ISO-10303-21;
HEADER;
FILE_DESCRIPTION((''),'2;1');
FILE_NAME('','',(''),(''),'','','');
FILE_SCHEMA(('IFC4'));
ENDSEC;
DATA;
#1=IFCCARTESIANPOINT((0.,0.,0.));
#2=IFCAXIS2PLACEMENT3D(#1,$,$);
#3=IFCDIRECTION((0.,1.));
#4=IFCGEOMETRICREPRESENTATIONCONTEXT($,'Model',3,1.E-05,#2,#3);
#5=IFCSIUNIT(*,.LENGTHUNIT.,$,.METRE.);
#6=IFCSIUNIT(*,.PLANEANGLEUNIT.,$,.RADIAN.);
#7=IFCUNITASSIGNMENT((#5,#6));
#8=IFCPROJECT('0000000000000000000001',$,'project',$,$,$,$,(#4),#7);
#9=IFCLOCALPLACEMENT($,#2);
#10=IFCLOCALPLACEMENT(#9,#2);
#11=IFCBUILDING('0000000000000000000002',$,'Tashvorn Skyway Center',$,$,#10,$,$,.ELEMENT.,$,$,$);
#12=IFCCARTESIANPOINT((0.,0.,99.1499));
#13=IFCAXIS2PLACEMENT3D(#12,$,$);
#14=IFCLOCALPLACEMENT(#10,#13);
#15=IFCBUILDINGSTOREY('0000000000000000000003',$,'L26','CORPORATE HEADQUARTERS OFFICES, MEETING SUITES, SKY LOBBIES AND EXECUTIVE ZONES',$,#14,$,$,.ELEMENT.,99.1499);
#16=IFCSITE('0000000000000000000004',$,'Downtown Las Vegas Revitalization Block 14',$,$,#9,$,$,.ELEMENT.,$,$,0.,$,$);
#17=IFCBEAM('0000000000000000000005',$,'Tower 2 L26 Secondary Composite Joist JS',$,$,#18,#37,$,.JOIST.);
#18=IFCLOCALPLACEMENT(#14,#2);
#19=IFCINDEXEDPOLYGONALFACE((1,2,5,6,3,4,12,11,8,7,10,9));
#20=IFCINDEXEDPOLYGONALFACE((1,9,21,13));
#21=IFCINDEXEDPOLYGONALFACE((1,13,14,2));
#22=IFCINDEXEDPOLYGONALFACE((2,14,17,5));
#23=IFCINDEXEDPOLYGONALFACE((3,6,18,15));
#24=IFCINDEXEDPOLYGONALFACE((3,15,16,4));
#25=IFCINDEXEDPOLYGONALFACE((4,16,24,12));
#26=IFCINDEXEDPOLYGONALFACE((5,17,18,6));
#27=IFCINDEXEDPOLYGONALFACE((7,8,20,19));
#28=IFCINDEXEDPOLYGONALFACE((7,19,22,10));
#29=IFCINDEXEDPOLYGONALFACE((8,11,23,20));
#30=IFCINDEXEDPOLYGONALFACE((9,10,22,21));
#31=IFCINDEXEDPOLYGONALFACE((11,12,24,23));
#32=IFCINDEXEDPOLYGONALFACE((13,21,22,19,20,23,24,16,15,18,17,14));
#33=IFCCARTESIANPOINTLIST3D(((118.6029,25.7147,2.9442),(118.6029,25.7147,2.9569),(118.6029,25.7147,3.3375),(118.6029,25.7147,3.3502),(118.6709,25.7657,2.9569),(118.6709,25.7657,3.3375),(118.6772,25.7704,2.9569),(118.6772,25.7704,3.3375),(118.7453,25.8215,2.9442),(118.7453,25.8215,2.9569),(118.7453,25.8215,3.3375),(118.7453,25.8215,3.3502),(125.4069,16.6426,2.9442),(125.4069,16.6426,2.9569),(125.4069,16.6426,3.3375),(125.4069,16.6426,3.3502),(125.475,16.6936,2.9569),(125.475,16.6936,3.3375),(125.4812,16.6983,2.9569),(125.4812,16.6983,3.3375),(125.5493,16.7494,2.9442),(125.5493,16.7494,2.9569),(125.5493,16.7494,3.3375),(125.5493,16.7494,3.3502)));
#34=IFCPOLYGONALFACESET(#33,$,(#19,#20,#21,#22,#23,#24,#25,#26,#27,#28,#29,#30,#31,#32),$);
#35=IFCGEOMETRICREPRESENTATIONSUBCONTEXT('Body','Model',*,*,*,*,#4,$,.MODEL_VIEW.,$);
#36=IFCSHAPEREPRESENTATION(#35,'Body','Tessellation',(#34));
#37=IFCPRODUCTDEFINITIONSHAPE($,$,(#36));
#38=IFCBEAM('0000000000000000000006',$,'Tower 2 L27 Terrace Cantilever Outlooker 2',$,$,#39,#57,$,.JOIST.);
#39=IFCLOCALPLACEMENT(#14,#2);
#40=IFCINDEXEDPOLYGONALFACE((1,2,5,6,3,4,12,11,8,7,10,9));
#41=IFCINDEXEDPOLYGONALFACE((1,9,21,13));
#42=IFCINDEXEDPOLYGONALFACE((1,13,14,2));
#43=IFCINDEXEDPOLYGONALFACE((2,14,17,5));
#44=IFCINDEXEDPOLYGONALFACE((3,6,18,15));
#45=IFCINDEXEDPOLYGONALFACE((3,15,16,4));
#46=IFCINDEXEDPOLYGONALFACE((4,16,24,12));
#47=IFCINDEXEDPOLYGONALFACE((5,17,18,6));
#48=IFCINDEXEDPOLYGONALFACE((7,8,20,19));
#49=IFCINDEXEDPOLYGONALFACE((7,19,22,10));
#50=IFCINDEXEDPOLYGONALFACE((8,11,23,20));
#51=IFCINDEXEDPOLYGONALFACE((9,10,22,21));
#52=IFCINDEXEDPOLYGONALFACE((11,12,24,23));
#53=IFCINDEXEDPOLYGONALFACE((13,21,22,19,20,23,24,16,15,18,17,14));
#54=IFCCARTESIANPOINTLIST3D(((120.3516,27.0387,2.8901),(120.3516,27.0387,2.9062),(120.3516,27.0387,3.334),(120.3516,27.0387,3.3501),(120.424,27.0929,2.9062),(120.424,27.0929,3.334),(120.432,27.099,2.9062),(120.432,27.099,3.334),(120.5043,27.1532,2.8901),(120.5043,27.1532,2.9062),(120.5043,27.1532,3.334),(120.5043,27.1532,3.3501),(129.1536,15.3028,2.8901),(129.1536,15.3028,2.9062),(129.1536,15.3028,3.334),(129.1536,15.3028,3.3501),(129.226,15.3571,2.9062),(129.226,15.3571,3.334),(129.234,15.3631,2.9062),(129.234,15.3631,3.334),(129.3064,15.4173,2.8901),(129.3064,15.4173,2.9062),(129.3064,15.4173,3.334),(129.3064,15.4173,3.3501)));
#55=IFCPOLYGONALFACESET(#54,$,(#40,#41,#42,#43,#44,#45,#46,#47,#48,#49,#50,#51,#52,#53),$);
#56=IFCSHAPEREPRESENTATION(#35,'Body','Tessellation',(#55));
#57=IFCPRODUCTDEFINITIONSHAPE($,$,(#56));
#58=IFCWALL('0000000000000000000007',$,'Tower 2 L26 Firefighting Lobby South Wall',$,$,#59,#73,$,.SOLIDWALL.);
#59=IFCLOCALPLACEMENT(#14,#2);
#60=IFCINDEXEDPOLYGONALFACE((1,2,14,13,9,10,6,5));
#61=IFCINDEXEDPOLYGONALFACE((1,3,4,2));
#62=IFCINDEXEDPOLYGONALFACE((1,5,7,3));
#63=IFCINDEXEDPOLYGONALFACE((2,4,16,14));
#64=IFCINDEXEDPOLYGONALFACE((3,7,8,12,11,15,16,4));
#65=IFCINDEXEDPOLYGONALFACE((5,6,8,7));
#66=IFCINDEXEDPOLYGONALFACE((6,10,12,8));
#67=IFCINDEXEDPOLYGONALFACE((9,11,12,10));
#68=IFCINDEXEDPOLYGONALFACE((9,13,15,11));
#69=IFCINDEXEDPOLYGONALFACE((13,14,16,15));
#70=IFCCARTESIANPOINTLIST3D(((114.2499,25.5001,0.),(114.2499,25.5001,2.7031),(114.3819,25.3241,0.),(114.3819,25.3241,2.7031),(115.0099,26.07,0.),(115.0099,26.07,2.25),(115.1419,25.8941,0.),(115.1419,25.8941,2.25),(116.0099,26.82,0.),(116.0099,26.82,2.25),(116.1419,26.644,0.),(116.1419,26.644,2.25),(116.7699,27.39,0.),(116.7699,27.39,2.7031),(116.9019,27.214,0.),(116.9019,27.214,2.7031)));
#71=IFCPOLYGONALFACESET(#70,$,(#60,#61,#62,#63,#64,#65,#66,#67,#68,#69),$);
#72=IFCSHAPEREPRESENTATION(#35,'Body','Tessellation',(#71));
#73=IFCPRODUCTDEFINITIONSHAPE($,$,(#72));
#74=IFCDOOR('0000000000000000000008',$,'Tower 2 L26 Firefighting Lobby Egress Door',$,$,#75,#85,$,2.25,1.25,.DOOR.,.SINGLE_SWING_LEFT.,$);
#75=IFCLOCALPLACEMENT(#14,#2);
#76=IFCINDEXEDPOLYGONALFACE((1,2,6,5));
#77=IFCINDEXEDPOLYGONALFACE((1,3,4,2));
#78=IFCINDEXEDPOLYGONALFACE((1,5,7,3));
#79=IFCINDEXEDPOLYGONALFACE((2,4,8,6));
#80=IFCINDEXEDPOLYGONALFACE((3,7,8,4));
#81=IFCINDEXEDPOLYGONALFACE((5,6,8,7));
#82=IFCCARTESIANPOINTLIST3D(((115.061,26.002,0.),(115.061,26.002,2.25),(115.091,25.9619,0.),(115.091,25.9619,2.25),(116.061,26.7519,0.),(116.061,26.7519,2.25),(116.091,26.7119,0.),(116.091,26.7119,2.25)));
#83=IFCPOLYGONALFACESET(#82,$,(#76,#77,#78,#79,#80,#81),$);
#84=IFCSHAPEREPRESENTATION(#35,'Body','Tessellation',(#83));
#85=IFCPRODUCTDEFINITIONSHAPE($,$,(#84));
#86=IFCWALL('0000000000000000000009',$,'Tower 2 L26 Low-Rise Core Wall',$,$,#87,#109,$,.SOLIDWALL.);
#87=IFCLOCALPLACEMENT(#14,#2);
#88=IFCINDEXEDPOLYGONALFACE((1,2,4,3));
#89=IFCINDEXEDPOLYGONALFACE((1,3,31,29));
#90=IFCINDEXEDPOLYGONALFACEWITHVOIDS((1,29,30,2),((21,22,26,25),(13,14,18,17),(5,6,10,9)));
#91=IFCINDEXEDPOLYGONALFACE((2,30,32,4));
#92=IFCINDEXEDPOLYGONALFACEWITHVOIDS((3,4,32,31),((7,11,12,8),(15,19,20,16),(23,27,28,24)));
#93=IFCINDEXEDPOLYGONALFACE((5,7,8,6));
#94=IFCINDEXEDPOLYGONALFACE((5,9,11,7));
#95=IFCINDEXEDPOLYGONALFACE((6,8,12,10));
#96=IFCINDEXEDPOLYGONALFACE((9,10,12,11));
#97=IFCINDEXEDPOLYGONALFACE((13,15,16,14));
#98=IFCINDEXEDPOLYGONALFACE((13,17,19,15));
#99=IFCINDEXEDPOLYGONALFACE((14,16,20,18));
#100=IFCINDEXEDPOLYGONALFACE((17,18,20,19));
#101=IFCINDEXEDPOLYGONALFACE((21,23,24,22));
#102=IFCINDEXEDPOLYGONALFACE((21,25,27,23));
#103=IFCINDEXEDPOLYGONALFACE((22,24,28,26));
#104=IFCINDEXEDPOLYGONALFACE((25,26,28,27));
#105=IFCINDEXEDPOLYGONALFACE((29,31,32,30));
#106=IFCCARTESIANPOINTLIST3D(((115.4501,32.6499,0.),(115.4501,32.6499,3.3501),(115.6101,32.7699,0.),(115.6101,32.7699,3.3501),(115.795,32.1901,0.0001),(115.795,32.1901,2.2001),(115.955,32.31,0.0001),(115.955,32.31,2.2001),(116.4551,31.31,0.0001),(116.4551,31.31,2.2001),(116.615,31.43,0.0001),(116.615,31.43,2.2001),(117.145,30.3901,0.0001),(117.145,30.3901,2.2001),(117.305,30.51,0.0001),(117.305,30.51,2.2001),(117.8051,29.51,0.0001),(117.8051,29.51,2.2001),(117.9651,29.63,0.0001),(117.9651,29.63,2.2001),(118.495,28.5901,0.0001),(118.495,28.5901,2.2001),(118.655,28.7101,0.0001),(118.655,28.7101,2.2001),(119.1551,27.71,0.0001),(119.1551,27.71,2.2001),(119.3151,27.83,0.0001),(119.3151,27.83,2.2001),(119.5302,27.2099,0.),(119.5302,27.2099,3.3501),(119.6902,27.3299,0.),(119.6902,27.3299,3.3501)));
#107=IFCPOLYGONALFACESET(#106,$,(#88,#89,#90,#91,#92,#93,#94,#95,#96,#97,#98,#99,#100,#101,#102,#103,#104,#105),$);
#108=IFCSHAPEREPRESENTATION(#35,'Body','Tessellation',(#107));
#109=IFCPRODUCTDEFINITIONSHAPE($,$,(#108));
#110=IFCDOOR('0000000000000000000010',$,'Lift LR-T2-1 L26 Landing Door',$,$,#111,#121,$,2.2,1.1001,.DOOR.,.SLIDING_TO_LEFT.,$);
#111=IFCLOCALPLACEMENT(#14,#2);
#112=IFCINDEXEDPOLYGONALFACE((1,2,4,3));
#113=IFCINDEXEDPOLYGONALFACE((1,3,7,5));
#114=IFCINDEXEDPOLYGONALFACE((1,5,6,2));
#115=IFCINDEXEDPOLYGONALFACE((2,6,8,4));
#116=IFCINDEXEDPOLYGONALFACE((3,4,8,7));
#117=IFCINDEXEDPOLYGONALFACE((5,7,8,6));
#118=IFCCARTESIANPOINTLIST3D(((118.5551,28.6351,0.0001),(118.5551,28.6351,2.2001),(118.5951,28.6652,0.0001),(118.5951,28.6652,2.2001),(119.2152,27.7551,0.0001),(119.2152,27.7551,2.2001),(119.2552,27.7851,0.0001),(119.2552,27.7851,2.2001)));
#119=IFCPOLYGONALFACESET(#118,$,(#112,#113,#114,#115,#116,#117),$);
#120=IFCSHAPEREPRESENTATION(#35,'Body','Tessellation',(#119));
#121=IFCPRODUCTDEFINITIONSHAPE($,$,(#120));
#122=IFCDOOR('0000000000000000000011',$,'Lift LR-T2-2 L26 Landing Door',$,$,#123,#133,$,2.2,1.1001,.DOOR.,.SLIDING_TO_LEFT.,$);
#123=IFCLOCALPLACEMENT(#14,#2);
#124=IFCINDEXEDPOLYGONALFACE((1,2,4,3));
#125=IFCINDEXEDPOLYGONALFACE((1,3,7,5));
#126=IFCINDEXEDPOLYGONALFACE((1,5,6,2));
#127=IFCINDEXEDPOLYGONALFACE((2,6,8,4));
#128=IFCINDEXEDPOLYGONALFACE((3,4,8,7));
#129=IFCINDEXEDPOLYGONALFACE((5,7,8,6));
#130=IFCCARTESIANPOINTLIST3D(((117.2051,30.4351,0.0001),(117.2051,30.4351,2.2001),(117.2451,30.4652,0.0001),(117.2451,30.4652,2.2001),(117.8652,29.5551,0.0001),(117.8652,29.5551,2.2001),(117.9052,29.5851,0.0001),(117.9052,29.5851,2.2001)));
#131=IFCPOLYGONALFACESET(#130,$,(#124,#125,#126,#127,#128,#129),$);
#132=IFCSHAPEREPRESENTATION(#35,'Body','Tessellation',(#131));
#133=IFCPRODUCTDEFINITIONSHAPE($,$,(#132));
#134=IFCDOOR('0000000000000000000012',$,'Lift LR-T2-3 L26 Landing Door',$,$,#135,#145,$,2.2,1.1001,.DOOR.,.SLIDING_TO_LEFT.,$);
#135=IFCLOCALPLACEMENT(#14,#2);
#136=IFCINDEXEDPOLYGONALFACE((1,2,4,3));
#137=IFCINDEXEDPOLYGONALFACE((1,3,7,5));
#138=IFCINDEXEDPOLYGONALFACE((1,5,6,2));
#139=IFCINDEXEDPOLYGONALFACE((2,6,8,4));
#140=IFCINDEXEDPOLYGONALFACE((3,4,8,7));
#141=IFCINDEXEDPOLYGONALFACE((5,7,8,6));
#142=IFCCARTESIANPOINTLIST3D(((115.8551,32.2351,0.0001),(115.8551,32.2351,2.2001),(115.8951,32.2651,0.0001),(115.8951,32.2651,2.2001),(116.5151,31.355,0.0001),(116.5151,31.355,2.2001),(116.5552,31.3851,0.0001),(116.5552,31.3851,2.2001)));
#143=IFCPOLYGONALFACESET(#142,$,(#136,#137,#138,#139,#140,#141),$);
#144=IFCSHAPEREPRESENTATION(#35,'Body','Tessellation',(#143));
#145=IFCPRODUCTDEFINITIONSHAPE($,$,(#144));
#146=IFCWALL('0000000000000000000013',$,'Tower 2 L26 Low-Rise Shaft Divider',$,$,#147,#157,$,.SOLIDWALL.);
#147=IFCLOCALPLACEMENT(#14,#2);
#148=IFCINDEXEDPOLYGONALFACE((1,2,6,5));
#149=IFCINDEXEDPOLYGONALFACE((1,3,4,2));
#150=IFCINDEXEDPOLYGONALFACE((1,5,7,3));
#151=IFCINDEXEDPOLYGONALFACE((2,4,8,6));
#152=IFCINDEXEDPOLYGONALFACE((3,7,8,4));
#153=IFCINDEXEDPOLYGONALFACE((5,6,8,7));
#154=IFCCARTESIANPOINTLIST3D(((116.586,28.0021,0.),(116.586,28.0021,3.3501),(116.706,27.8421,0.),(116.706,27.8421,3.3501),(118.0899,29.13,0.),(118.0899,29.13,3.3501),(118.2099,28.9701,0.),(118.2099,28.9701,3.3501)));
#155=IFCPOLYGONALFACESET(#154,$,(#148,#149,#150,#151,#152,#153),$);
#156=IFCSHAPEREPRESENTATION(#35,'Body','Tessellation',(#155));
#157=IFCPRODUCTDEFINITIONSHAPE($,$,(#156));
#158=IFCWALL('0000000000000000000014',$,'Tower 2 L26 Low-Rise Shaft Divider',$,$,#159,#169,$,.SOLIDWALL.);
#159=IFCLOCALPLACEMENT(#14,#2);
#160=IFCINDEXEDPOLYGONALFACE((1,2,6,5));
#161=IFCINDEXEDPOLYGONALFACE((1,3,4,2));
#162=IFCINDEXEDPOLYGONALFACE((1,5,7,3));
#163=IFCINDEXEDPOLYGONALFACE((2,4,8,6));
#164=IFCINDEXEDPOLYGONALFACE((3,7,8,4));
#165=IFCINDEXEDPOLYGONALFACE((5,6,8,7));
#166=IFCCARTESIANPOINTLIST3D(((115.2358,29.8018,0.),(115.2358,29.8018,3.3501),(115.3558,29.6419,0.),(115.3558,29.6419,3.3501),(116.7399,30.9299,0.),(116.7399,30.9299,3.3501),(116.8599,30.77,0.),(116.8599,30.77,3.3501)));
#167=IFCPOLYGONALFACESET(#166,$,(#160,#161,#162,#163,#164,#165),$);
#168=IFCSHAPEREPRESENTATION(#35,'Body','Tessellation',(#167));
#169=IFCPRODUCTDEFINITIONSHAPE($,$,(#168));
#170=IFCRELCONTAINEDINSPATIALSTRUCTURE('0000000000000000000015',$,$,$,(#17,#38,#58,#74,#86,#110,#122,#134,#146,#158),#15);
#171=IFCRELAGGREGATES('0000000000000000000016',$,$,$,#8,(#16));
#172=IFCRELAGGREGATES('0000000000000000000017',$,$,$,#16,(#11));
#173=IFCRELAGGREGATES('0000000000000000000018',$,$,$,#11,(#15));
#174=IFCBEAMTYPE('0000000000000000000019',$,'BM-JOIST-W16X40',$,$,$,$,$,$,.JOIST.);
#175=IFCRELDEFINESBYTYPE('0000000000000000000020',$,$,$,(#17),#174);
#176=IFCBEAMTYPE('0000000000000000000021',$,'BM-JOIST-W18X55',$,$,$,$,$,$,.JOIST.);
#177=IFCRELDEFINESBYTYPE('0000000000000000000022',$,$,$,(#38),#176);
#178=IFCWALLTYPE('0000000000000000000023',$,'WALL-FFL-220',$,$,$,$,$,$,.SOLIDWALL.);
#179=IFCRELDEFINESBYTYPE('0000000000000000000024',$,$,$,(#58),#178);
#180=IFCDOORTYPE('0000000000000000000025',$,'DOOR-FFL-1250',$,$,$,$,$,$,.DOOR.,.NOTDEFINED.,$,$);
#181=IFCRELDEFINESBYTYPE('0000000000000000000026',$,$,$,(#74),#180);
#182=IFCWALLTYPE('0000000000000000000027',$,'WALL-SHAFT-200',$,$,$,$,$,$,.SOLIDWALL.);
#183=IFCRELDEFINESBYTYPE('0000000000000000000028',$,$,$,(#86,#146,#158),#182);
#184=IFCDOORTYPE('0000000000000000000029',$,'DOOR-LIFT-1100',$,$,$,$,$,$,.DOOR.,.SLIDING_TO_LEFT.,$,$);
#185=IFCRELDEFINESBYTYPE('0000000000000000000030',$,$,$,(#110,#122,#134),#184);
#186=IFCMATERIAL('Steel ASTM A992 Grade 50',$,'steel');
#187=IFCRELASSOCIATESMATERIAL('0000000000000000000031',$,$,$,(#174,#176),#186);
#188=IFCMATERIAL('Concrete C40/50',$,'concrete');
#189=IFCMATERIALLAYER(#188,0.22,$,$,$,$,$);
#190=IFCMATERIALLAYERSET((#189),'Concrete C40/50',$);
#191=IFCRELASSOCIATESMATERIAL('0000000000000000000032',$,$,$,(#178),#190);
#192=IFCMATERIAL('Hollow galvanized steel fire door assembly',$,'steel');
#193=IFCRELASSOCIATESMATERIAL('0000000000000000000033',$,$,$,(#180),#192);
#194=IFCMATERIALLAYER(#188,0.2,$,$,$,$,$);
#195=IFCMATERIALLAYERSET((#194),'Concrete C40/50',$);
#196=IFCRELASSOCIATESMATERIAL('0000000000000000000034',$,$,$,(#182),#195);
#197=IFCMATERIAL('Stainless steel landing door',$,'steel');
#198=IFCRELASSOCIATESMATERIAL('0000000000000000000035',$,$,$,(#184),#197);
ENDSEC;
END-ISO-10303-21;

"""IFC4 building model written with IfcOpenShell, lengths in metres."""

from ifc_helpers import new_model, si_unit, direction, frame, frame_2d, origin, origin_2d, place, context, subcontext, project, spatial, rectangle, i_section, extrude, material, layer, layer_set, material_profile, profile_set, type_object, element, fill, save


model = new_model("IFC4")

# Units and contexts
model_context = context("Model", 3, precision=1e-05, world=origin(), true_north=direction((0.0, 1.0)))
body_context = subcontext(model_context, "Body", "Model", "MODEL_VIEW")
ifc_project = project(units=[si_unit("LENGTHUNIT", "METRE"), si_unit("PLANEANGLEUNIT", "RADIAN")], contexts=[model_context])

# Site, building, storey
site_placement = place(None, origin())
site = spatial("IfcSite", under=ifc_project, at=site_placement, Name="Downtown Las Vegas Revitalization Block 14", CompositionType="ELEMENT", RefElevation=0.0)
building_placement = place(site_placement, origin())
building = spatial("IfcBuilding", under=site, at=building_placement, Name="Tashvorn Skyway Center", CompositionType="ELEMENT")
storey_placement = place(building_placement, frame((0.0, 0.0, 99.1499)))
storey = spatial("IfcBuildingStorey", under=building, at=storey_placement, Name="L26", Description="CORPORATE HEADQUARTERS OFFICES, MEETING SUITES, SKY LOBBIES AND EXECUTIVE ZONES", CompositionType="ELEMENT", Elevation=99.1499)

# Beams
ifc_material_1 = material(Name="Steel ASTM A992 Grade 50", Category="steel")
ifc_material_profile_1 = material_profile(ifc_material_1, i_section(OverallWidth=0.178, OverallDepth=0.406, WebThickness=0.0078, FlangeThickness=0.0127, at=origin_2d()), Name="W16X40")
ifc_profile_set_1 = profile_set([ifc_material_profile_1], Name="Steel ASTM A992 Grade 50")
beam_type_1 = type_object("IfcBeamType", Name="BM-JOIST-W16X40", PredefinedType="JOIST", material=ifc_profile_set_1)
beam_1_placement = place(storey_placement, frame((118.6741, 25.7681, 3.1472), z_axis=(0.599997, -0.800003, 0.0), x_axis=(0.800003, 0.599997, 0.0)))
element("IfcBeam", 1, at=beam_1_placement, inside=storey, type_object=beam_type_1, Name="Tower 2 L26 Secondary Composite Joist JS", PredefinedType="JOIST", context=body_context, shape_type="SweptSolid", body=[
    extrude(i_section(OverallWidth=0.178, OverallDepth=0.406, WebThickness=0.0078, FlangeThickness=0.0127, at=origin_2d()), origin(), (0.0, 0.0, 1.0), 11.3401),
])
ifc_material_profile_2 = material_profile(ifc_material_1, i_section(OverallWidth=0.1909, OverallDepth=0.46, WebThickness=0.01, FlangeThickness=0.0161, at=origin_2d()), Name="W18X55")
ifc_profile_set_2 = profile_set([ifc_material_profile_2], Name="Steel ASTM A992 Grade 50")
beam_type_2 = type_object("IfcBeamType", Name="BM-JOIST-W18X55", PredefinedType="JOIST", material=ifc_profile_set_2)
beam_2_placement = place(storey_placement, frame((120.428, 27.0959, 3.1201), z_axis=(0.600005, -0.799996, 0.0), x_axis=(0.799996, 0.600005, 0.0)))
element("IfcBeam", 2, at=beam_2_placement, inside=storey, type_object=beam_type_2, Name="Tower 2 L27 Terrace Cantilever Outlooker 2", PredefinedType="JOIST", context=body_context, shape_type="SweptSolid", body=[
    extrude(i_section(OverallWidth=0.1909, OverallDepth=0.46, WebThickness=0.01, FlangeThickness=0.0161, at=origin_2d()), origin(), (0.0, 0.0, 1.0), 14.6699),
])

# Wall, opening, door
ifc_material_2 = material(Name="Concrete C40/50", Category="concrete")
ifc_layer_1 = layer(ifc_material_2, 0.22)
ifc_layer_set_1 = layer_set([ifc_layer_1], Name="Concrete C40/50")
wall_type_1 = type_object("IfcWallType", Name="WALL-FFL-220", PredefinedType="SOLIDWALL", material=ifc_layer_set_1)
wall_1_placement = place(storey_placement, frame((114.3159, 25.4121, 0.0), z_axis=(0.0, 0.0, 1.0), x_axis=(0.800019, 0.599975, 0.0)))
wall_1 = element("IfcWall", 3, at=wall_1_placement, inside=storey, type_object=wall_type_1, Name="Tower 2 L26 Firefighting Lobby South Wall", PredefinedType="SOLIDWALL", context=body_context, shape_type="SweptSolid", body=[
    extrude(rectangle(XDim=3.1499, YDim=0.22, at=frame_2d((1.575, 0.0))), origin(), (0.0, 0.0, 1.0), 2.7031),
])
opening_1_placement = place(wall_1_placement, frame((0.95, 0.0, 0.0)))
opening_1 = element("IfcOpeningElement", 4, at=opening_1_placement, cuts=wall_1, PredefinedType="OPENING", context=body_context, shape_type="SweptSolid", body=[
    extrude(rectangle(XDim=1.25, YDim=2.25, at=frame_2d((0.625, 1.125))), frame((0.0, 0.1199, 0.0), z_axis=(0.0, -1.0, 0.0), x_axis=(1.0, 0.0, 0.0)), (0.0, 0.0, 1.0), 0.24),
])
ifc_material_3 = material(Name="Hollow galvanized steel fire door assembly", Category="steel")
door_type_1 = type_object("IfcDoorType", Name="DOOR-FFL-1250", OperationType="NOTDEFINED", PredefinedType="DOOR", material=ifc_material_3)
door_1_placement = place(opening_1_placement, origin())
door_1 = element("IfcDoor", 5, at=door_1_placement, inside=storey, type_object=door_type_1, Name="Tower 2 L26 Firefighting Lobby Egress Door", OperationType="SINGLE_SWING_LEFT", OverallHeight=2.25, OverallWidth=1.25, PredefinedType="DOOR", context=body_context, shape_type="SweptSolid", body=[
    extrude(rectangle(XDim=1.25, YDim=2.25, at=frame_2d((0.625, 1.125))), frame((0.0, 0.0249, 0.0), z_axis=(0.0, -1.0, 0.0), x_axis=(1.0, 0.0, 0.0)), (0.0, 0.0, 1.0), 0.05),
])
fill(opening_1, door_1)

# Wall, openings, doors
ifc_layer_2 = layer(ifc_material_2, 0.2)
ifc_layer_set_2 = layer_set([ifc_layer_2], Name="Concrete C40/50")
wall_type_2 = type_object("IfcWallType", Name="WALL-SHAFT-200", PredefinedType="SOLIDWALL", material=ifc_layer_set_2)
wall_2_placement = place(storey_placement, frame((119.6101, 27.27, 0.0), z_axis=(0.0, 0.0, 1.0), x_axis=(-0.600011, 0.799991, 0.0)))
wall_2 = element("IfcWall", 6, at=wall_2_placement, inside=storey, type_object=wall_type_2, Name="Tower 2 L26 Low-Rise Core Wall", PredefinedType="SOLIDWALL", context=body_context, shape_type="SweptSolid", body=[
    extrude(rectangle(XDim=6.8, YDim=0.2, at=frame_2d((3.3999, 0.0))), origin(), (0.0, 0.0, 1.0), 3.3501),
])
opening_2_placement = place(wall_2_placement, frame((0.625, 0.0, 0.0)))
opening_2 = element("IfcOpeningElement", 7, at=opening_2_placement, cuts=wall_2, PredefinedType="OPENING", context=body_context, shape_type="SweptSolid", body=[
    extrude(rectangle(XDim=1.1001, YDim=2.2, at=frame_2d((0.55, 1.1001))), frame((0.0, 0.1099, 0.0), z_axis=(0.0, -1.0, 0.0), x_axis=(1.0, 0.0, 0.0)), (0.0, 0.0, 1.0), 0.22),
])
opening_3_placement = place(wall_2_placement, frame((2.875, 0.0, 0.0)))
opening_3 = element("IfcOpeningElement", 8, at=opening_3_placement, cuts=wall_2, PredefinedType="OPENING", context=body_context, shape_type="SweptSolid", body=[
    extrude(rectangle(XDim=1.1001, YDim=2.2, at=frame_2d((0.55, 1.1001))), frame((0.0, 0.1099, 0.0), z_axis=(0.0, -1.0, 0.0), x_axis=(1.0, 0.0, 0.0)), (0.0, 0.0, 1.0), 0.22),
])
opening_4_placement = place(wall_2_placement, frame((5.125, 0.0, 0.0)))
opening_4 = element("IfcOpeningElement", 9, at=opening_4_placement, cuts=wall_2, PredefinedType="OPENING", context=body_context, shape_type="SweptSolid", body=[
    extrude(rectangle(XDim=1.1001, YDim=2.2, at=frame_2d((0.55, 1.1001))), frame((0.0, 0.1099, 0.0), z_axis=(0.0, -1.0, 0.0), x_axis=(1.0, 0.0, 0.0)), (0.0, 0.0, 1.0), 0.22),
])
ifc_material_4 = material(Name="Stainless steel landing door", Category="steel")
door_type_2 = type_object("IfcDoorType", Name="DOOR-LIFT-1100", OperationType="SLIDING_TO_LEFT", PredefinedType="DOOR", material=ifc_material_4)
door_2_placement = place(opening_2_placement, origin())
door_2 = element("IfcDoor", 10, at=door_2_placement, inside=storey, type_object=door_type_2, Name="Lift LR-T2-1 L26 Landing Door", OperationType="SLIDING_TO_LEFT", OverallHeight=2.2, OverallWidth=1.1001, PredefinedType="DOOR", context=body_context, shape_type="SweptSolid", body=[
    extrude(rectangle(XDim=1.1001, YDim=2.2, at=frame_2d((0.55, 1.1001))), frame((0.0, 0.0249, 0.0), z_axis=(0.0, -1.0, 0.0), x_axis=(1.0, 0.0, 0.0)), (0.0, 0.0, 1.0), 0.05),
])
fill(opening_2, door_2)
door_3_placement = place(opening_3_placement, origin())
door_3 = element("IfcDoor", 11, at=door_3_placement, inside=storey, type_object=door_type_2, Name="Lift LR-T2-2 L26 Landing Door", OperationType="SLIDING_TO_LEFT", OverallHeight=2.2, OverallWidth=1.1001, PredefinedType="DOOR", context=body_context, shape_type="SweptSolid", body=[
    extrude(rectangle(XDim=1.1001, YDim=2.2, at=frame_2d((0.55, 1.1001))), frame((0.0, 0.0249, 0.0), z_axis=(0.0, -1.0, 0.0), x_axis=(1.0, 0.0, 0.0)), (0.0, 0.0, 1.0), 0.05),
])
fill(opening_3, door_3)
door_4_placement = place(opening_4_placement, origin())
door_4 = element("IfcDoor", 12, at=door_4_placement, inside=storey, type_object=door_type_2, Name="Lift LR-T2-3 L26 Landing Door", OperationType="SLIDING_TO_LEFT", OverallHeight=2.2, OverallWidth=1.1001, PredefinedType="DOOR", context=body_context, shape_type="SweptSolid", body=[
    extrude(rectangle(XDim=1.1001, YDim=2.2, at=frame_2d((0.55, 1.1001))), frame((0.0, 0.0249, 0.0), z_axis=(0.0, -1.0, 0.0), x_axis=(1.0, 0.0, 0.0)), (0.0, 0.0, 1.0), 0.05),
])
fill(opening_4, door_4)

# Walls
wall_3_placement = place(storey_placement, frame((116.646, 27.9221, 0.0), z_axis=(0.0, 0.0, 1.0), x_axis=(0.8, 0.6, 0.0)))
element("IfcWall", 13, at=wall_3_placement, inside=storey, type_object=wall_type_2, Name="Tower 2 L26 Low-Rise Shaft Divider", PredefinedType="SOLIDWALL", context=body_context, shape_type="SweptSolid", body=[
    extrude(rectangle(XDim=1.8799, YDim=0.2, at=frame_2d((0.9399, 0.0))), origin(), (0.0, 0.0, 1.0), 3.3501),
])
wall_4_placement = place(storey_placement, frame((115.2959, 29.7219, 0.0), z_axis=(0.0, 0.0, 1.0), x_axis=(0.799984, 0.600021, 0.0)))
element("IfcWall", 14, at=wall_4_placement, inside=storey, type_object=wall_type_2, Name="Tower 2 L26 Low-Rise Shaft Divider", PredefinedType="SOLIDWALL", context=body_context, shape_type="SweptSolid", body=[
    extrude(rectangle(XDim=1.8801, YDim=0.2, at=frame_2d((0.9399, 0.0))), origin(), (0.0, 0.0, 1.0), 3.3501),
])

save(model, "model.ifc")
